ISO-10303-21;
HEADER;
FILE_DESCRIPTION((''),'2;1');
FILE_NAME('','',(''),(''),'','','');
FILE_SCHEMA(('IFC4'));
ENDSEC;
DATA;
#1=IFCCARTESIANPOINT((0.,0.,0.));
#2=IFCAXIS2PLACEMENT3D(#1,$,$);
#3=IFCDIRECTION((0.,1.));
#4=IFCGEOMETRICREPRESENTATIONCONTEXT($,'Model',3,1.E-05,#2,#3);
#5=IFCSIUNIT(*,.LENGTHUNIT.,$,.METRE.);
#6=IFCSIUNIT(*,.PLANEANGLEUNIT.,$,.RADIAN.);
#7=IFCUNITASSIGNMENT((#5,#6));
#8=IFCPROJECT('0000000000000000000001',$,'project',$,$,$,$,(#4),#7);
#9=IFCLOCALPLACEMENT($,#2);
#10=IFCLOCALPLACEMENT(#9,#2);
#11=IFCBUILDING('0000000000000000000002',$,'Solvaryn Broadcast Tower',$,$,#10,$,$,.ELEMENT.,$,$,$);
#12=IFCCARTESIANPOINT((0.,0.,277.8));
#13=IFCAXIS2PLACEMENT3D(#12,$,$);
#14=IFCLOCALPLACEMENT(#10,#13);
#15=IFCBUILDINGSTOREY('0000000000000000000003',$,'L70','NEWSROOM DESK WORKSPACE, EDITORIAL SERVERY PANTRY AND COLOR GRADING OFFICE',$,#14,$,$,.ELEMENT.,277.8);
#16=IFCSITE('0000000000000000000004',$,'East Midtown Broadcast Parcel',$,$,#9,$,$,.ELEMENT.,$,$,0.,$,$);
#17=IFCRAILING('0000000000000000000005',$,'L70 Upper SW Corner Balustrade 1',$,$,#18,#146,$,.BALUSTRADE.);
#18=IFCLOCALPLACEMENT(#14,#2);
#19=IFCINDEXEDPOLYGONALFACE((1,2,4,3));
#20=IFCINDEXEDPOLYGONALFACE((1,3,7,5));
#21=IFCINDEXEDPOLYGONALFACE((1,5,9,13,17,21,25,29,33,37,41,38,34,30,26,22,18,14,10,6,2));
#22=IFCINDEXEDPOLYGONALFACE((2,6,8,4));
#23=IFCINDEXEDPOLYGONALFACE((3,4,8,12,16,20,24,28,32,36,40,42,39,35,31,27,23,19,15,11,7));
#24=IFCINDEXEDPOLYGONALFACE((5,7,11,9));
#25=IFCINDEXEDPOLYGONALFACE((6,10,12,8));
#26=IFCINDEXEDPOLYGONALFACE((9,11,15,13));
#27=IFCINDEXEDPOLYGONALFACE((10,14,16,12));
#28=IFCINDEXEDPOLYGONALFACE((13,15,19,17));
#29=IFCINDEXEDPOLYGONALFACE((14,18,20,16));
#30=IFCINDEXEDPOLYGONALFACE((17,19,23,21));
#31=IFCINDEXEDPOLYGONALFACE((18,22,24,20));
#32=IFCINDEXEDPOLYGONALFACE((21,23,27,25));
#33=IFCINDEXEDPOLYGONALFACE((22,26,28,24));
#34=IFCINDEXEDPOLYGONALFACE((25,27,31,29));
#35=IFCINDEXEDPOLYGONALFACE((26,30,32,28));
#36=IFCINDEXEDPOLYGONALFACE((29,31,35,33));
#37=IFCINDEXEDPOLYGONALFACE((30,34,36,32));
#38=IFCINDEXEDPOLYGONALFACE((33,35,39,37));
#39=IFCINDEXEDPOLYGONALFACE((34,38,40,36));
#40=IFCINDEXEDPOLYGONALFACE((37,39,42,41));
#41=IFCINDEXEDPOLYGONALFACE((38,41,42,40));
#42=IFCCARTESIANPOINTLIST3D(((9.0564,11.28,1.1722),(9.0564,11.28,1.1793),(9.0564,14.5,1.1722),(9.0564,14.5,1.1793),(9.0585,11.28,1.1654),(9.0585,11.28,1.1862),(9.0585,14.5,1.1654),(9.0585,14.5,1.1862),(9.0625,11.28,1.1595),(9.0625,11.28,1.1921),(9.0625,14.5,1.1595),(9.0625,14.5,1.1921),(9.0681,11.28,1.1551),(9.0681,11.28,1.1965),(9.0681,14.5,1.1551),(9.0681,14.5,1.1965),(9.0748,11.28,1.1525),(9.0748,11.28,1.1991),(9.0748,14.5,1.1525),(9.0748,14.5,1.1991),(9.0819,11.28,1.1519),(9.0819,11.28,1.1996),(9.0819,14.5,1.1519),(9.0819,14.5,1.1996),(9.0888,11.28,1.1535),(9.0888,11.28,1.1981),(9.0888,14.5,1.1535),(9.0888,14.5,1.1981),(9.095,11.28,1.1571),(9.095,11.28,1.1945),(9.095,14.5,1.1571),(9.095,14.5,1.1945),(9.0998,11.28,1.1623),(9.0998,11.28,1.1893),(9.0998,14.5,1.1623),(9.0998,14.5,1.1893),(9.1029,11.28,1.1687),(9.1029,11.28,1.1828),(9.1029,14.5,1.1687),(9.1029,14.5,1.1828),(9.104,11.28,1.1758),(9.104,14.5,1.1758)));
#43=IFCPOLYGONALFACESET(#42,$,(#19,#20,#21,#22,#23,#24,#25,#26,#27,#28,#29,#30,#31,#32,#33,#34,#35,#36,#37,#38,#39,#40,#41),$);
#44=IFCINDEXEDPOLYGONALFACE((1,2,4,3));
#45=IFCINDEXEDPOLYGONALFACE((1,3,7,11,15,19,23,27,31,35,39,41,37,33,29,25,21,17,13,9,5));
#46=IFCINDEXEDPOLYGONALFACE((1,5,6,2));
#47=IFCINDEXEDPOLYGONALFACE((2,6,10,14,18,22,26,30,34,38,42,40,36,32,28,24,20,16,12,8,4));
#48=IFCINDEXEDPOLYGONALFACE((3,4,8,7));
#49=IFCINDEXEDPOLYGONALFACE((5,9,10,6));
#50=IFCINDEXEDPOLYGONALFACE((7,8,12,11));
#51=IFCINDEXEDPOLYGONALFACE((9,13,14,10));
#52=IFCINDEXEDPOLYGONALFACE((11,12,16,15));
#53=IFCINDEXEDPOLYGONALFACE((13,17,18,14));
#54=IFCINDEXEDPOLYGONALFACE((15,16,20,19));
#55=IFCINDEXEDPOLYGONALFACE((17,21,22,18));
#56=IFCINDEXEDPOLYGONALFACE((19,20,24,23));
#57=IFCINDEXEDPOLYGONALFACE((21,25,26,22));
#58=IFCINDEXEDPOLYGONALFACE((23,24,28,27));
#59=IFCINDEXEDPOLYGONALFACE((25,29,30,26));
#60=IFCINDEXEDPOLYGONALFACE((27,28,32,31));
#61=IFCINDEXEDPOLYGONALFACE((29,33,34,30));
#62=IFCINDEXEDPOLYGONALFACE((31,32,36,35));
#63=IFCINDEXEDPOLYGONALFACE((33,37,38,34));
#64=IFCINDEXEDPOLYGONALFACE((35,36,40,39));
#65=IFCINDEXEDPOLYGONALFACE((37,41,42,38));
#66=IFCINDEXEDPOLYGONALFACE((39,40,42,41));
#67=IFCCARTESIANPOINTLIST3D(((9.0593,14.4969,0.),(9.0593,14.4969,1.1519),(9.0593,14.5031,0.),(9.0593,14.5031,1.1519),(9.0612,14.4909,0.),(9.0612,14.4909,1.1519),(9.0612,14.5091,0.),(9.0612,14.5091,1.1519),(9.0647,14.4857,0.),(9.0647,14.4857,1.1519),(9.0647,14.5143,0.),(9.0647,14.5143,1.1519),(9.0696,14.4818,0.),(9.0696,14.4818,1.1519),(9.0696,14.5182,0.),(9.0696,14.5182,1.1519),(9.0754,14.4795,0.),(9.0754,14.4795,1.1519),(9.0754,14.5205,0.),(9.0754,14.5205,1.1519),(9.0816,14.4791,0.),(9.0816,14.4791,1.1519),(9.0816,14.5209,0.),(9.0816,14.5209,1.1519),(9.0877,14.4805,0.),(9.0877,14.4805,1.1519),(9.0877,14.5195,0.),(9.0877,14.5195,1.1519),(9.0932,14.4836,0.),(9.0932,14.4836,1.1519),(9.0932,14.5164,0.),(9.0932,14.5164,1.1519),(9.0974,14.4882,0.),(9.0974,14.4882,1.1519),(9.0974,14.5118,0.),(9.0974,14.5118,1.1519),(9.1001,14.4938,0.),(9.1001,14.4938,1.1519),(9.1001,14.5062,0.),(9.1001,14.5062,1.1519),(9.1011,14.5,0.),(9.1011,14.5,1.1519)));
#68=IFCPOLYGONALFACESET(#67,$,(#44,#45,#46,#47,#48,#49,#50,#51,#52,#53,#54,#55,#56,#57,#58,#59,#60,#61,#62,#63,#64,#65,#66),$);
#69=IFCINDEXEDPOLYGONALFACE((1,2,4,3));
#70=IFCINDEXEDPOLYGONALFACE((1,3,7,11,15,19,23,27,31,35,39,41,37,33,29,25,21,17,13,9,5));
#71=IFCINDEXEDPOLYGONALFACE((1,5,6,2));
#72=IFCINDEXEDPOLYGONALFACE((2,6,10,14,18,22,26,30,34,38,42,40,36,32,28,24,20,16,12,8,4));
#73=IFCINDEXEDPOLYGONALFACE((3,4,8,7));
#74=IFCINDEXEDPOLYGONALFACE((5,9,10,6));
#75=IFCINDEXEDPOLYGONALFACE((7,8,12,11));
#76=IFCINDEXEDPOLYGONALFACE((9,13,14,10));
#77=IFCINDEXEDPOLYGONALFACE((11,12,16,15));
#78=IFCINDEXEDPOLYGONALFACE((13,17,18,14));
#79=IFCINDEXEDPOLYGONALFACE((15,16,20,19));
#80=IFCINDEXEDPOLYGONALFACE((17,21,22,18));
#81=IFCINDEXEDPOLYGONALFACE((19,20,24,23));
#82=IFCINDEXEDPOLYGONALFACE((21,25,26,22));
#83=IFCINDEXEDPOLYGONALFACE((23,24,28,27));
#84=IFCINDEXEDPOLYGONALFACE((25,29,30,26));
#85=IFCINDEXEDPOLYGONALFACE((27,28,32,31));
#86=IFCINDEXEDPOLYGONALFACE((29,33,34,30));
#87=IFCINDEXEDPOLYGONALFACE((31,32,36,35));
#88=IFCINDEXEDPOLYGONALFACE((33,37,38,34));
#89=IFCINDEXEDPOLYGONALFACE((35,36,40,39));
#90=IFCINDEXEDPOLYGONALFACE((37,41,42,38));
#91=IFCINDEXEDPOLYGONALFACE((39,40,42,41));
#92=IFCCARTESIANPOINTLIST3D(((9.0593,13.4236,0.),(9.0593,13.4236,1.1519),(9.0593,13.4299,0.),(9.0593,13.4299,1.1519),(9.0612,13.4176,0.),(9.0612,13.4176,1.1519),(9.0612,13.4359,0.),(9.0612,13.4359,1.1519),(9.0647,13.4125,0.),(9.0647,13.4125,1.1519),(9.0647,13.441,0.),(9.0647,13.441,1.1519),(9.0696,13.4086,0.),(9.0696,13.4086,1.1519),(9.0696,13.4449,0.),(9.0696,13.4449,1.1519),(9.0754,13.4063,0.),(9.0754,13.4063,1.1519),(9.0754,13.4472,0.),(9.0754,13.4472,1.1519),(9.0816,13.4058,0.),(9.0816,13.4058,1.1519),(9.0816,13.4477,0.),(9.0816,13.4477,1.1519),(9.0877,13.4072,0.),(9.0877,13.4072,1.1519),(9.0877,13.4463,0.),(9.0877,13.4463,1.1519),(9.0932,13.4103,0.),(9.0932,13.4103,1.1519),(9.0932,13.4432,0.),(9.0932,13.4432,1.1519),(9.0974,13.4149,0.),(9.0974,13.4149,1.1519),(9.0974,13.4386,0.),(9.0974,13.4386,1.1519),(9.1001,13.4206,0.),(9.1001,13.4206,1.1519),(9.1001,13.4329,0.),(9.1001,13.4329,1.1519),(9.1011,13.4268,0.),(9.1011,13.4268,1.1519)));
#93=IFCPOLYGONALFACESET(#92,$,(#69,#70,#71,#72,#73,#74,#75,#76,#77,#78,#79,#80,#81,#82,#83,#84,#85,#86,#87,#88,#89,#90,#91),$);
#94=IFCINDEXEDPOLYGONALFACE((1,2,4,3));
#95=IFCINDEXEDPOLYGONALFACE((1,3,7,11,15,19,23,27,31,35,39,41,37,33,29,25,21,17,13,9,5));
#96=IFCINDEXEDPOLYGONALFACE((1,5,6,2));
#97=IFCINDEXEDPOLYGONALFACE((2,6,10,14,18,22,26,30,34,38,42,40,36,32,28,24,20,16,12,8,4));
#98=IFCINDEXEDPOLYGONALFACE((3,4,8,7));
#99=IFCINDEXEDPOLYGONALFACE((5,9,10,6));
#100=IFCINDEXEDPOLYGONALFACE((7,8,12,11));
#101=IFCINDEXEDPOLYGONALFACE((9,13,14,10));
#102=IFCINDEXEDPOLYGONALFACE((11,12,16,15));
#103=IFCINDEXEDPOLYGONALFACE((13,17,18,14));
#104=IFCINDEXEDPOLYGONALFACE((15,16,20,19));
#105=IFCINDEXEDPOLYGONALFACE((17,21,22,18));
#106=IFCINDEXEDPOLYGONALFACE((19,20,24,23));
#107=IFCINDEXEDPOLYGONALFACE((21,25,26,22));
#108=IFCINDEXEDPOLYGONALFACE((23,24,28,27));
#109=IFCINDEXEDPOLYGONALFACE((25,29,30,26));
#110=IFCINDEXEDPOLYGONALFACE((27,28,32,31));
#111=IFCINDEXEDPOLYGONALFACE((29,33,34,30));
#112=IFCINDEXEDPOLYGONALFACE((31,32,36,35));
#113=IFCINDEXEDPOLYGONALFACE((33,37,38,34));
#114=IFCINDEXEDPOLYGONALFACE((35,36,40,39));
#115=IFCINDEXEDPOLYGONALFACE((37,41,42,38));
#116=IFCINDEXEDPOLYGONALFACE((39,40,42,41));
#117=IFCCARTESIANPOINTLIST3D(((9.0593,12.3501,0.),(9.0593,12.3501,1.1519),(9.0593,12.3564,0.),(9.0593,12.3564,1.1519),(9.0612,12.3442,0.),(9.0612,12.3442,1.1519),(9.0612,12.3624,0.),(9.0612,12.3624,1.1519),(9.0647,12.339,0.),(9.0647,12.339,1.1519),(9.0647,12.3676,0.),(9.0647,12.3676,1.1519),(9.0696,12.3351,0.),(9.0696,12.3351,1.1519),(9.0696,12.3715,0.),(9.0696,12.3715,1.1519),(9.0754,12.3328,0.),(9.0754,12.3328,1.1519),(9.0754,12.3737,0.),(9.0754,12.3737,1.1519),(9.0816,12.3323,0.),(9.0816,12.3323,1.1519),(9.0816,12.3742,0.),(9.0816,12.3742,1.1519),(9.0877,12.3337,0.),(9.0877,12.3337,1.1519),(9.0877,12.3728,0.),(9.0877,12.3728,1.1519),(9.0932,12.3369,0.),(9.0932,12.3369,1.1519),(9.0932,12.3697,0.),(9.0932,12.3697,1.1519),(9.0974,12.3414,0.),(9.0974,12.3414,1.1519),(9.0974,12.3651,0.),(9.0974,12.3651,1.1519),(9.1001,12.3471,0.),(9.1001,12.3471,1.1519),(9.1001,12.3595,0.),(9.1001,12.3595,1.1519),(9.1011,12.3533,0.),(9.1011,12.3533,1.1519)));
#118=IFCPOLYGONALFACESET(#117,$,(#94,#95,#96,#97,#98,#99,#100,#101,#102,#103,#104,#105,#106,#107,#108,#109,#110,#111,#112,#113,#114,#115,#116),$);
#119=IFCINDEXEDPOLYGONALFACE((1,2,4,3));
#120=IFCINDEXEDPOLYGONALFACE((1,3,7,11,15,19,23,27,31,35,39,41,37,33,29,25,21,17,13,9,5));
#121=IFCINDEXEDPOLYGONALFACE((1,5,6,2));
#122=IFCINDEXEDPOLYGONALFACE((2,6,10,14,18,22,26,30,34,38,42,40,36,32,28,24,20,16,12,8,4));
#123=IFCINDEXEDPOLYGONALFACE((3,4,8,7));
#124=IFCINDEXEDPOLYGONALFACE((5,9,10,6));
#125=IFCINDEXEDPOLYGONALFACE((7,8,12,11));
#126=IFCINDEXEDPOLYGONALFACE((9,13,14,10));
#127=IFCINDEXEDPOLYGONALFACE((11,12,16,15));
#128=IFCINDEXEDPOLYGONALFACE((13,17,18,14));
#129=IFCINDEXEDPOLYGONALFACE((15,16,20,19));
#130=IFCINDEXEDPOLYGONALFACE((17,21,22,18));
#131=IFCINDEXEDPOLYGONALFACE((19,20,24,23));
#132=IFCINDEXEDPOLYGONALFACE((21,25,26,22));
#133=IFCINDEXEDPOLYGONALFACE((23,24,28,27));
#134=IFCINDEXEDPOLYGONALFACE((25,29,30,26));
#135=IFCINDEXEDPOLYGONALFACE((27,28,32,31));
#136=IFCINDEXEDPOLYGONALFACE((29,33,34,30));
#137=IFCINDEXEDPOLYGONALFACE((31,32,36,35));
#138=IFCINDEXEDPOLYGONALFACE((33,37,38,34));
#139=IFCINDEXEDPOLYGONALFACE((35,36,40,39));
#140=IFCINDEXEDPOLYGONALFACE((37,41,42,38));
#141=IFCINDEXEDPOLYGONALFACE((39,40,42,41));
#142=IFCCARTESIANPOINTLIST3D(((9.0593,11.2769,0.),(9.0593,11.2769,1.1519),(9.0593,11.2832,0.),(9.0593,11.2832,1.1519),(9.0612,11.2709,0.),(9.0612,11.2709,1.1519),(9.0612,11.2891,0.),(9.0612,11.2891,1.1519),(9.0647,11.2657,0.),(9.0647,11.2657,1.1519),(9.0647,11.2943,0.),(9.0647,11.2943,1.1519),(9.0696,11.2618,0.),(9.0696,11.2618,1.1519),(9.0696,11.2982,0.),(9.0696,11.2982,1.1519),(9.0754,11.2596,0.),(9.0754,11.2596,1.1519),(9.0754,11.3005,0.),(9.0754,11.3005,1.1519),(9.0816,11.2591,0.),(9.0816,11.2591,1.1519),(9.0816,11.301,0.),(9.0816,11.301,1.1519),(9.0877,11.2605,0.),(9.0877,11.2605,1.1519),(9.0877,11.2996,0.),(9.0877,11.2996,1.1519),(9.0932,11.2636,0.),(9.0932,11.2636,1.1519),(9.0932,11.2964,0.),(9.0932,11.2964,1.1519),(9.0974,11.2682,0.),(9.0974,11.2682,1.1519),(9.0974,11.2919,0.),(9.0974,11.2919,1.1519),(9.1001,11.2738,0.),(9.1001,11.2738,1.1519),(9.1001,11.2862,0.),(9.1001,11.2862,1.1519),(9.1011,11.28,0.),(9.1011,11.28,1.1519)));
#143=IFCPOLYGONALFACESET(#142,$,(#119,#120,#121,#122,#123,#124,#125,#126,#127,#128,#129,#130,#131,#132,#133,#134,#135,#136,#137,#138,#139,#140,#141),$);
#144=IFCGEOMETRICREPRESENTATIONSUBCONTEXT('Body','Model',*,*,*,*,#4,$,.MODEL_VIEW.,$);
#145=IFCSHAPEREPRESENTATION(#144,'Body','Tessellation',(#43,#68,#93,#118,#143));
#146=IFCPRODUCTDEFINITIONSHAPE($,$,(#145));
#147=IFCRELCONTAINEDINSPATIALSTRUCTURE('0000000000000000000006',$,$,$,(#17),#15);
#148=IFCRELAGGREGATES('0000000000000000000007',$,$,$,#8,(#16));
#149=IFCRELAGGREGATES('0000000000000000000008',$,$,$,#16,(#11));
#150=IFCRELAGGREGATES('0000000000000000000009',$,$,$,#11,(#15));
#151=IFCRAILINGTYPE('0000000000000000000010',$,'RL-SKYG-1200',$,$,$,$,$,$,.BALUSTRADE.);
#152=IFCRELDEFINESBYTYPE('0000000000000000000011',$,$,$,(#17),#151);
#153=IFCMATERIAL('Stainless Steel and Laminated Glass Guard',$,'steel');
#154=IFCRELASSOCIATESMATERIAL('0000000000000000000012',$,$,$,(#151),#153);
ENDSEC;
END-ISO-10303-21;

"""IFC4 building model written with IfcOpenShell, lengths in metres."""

from ifc_helpers import new_model, si_unit, direction, frame, origin, origin_2d, place, context, subcontext, project, spatial, circle, extrude, material, type_object, element, save


model = new_model("IFC4")

# Units and contexts
model_context = context("Model", 3, precision=1e-05, world=origin(), true_north=direction((0.0, 1.0)))
body_context = subcontext(model_context, "Body", "Model", "MODEL_VIEW")
ifc_project = project(units=[si_unit("LENGTHUNIT", "METRE"), si_unit("PLANEANGLEUNIT", "RADIAN")], contexts=[model_context])

# Site, building, storey
site_placement = place(None, origin())
site = spatial("IfcSite", under=ifc_project, at=site_placement, Name="East Midtown Broadcast Parcel", CompositionType="ELEMENT", RefElevation=0.0)
building_placement = place(site_placement, origin())
building = spatial("IfcBuilding", under=site, at=building_placement, Name="Solvaryn Broadcast Tower", CompositionType="ELEMENT")
storey_placement = place(building_placement, frame((0.0, 0.0, 277.8)))
storey = spatial("IfcBuildingStorey", under=building, at=storey_placement, Name="L70", Description="NEWSROOM DESK WORKSPACE, EDITORIAL SERVERY PANTRY AND COLOR GRADING OFFICE", CompositionType="ELEMENT", Elevation=277.8)

# Railing
ifc_material_1 = material(Name="Stainless Steel and Laminated Glass Guard", Category="steel")
railing_type = type_object("IfcRailingType", Name="RL-SKYG-1200", PredefinedType="BALUSTRADE", material=ifc_material_1)
railing_1_placement = place(storey_placement, frame((9.0801, 14.5, 0.0)))
element("IfcRailing", 1, at=railing_1_placement, inside=storey, type_object=railing_type, Name="L70 Upper SW Corner Balustrade 1", PredefinedType="BALUSTRADE", context=body_context, shape_type="SweptSolid", body=[
    extrude(circle(Radius=0.0239, at=origin_2d()), frame((0.0, 0.0, 1.1758), z_axis=(0.0, -1.0, 0.0), x_axis=(1.0, 0.0, 0.0)), (0.0, 0.0, 1.0), 3.22),
    extrude(circle(Radius=0.021, at=origin_2d()), origin(), (0.0, 0.0, 1.0), 1.1519),
    extrude(circle(Radius=0.021, at=origin_2d()), frame((0.0, -1.0732, 0.0)), (0.0, 0.0, 1.0), 1.1519),
    extrude(circle(Radius=0.021, at=origin_2d()), frame((0.0, -2.1467, 0.0)), (0.0, 0.0, 1.0), 1.1519),
    extrude(circle(Radius=0.021, at=origin_2d()), frame((0.0, -3.22, 0.0)), (0.0, 0.0, 1.0), 1.1519),
])

save(model, "model.ifc")
